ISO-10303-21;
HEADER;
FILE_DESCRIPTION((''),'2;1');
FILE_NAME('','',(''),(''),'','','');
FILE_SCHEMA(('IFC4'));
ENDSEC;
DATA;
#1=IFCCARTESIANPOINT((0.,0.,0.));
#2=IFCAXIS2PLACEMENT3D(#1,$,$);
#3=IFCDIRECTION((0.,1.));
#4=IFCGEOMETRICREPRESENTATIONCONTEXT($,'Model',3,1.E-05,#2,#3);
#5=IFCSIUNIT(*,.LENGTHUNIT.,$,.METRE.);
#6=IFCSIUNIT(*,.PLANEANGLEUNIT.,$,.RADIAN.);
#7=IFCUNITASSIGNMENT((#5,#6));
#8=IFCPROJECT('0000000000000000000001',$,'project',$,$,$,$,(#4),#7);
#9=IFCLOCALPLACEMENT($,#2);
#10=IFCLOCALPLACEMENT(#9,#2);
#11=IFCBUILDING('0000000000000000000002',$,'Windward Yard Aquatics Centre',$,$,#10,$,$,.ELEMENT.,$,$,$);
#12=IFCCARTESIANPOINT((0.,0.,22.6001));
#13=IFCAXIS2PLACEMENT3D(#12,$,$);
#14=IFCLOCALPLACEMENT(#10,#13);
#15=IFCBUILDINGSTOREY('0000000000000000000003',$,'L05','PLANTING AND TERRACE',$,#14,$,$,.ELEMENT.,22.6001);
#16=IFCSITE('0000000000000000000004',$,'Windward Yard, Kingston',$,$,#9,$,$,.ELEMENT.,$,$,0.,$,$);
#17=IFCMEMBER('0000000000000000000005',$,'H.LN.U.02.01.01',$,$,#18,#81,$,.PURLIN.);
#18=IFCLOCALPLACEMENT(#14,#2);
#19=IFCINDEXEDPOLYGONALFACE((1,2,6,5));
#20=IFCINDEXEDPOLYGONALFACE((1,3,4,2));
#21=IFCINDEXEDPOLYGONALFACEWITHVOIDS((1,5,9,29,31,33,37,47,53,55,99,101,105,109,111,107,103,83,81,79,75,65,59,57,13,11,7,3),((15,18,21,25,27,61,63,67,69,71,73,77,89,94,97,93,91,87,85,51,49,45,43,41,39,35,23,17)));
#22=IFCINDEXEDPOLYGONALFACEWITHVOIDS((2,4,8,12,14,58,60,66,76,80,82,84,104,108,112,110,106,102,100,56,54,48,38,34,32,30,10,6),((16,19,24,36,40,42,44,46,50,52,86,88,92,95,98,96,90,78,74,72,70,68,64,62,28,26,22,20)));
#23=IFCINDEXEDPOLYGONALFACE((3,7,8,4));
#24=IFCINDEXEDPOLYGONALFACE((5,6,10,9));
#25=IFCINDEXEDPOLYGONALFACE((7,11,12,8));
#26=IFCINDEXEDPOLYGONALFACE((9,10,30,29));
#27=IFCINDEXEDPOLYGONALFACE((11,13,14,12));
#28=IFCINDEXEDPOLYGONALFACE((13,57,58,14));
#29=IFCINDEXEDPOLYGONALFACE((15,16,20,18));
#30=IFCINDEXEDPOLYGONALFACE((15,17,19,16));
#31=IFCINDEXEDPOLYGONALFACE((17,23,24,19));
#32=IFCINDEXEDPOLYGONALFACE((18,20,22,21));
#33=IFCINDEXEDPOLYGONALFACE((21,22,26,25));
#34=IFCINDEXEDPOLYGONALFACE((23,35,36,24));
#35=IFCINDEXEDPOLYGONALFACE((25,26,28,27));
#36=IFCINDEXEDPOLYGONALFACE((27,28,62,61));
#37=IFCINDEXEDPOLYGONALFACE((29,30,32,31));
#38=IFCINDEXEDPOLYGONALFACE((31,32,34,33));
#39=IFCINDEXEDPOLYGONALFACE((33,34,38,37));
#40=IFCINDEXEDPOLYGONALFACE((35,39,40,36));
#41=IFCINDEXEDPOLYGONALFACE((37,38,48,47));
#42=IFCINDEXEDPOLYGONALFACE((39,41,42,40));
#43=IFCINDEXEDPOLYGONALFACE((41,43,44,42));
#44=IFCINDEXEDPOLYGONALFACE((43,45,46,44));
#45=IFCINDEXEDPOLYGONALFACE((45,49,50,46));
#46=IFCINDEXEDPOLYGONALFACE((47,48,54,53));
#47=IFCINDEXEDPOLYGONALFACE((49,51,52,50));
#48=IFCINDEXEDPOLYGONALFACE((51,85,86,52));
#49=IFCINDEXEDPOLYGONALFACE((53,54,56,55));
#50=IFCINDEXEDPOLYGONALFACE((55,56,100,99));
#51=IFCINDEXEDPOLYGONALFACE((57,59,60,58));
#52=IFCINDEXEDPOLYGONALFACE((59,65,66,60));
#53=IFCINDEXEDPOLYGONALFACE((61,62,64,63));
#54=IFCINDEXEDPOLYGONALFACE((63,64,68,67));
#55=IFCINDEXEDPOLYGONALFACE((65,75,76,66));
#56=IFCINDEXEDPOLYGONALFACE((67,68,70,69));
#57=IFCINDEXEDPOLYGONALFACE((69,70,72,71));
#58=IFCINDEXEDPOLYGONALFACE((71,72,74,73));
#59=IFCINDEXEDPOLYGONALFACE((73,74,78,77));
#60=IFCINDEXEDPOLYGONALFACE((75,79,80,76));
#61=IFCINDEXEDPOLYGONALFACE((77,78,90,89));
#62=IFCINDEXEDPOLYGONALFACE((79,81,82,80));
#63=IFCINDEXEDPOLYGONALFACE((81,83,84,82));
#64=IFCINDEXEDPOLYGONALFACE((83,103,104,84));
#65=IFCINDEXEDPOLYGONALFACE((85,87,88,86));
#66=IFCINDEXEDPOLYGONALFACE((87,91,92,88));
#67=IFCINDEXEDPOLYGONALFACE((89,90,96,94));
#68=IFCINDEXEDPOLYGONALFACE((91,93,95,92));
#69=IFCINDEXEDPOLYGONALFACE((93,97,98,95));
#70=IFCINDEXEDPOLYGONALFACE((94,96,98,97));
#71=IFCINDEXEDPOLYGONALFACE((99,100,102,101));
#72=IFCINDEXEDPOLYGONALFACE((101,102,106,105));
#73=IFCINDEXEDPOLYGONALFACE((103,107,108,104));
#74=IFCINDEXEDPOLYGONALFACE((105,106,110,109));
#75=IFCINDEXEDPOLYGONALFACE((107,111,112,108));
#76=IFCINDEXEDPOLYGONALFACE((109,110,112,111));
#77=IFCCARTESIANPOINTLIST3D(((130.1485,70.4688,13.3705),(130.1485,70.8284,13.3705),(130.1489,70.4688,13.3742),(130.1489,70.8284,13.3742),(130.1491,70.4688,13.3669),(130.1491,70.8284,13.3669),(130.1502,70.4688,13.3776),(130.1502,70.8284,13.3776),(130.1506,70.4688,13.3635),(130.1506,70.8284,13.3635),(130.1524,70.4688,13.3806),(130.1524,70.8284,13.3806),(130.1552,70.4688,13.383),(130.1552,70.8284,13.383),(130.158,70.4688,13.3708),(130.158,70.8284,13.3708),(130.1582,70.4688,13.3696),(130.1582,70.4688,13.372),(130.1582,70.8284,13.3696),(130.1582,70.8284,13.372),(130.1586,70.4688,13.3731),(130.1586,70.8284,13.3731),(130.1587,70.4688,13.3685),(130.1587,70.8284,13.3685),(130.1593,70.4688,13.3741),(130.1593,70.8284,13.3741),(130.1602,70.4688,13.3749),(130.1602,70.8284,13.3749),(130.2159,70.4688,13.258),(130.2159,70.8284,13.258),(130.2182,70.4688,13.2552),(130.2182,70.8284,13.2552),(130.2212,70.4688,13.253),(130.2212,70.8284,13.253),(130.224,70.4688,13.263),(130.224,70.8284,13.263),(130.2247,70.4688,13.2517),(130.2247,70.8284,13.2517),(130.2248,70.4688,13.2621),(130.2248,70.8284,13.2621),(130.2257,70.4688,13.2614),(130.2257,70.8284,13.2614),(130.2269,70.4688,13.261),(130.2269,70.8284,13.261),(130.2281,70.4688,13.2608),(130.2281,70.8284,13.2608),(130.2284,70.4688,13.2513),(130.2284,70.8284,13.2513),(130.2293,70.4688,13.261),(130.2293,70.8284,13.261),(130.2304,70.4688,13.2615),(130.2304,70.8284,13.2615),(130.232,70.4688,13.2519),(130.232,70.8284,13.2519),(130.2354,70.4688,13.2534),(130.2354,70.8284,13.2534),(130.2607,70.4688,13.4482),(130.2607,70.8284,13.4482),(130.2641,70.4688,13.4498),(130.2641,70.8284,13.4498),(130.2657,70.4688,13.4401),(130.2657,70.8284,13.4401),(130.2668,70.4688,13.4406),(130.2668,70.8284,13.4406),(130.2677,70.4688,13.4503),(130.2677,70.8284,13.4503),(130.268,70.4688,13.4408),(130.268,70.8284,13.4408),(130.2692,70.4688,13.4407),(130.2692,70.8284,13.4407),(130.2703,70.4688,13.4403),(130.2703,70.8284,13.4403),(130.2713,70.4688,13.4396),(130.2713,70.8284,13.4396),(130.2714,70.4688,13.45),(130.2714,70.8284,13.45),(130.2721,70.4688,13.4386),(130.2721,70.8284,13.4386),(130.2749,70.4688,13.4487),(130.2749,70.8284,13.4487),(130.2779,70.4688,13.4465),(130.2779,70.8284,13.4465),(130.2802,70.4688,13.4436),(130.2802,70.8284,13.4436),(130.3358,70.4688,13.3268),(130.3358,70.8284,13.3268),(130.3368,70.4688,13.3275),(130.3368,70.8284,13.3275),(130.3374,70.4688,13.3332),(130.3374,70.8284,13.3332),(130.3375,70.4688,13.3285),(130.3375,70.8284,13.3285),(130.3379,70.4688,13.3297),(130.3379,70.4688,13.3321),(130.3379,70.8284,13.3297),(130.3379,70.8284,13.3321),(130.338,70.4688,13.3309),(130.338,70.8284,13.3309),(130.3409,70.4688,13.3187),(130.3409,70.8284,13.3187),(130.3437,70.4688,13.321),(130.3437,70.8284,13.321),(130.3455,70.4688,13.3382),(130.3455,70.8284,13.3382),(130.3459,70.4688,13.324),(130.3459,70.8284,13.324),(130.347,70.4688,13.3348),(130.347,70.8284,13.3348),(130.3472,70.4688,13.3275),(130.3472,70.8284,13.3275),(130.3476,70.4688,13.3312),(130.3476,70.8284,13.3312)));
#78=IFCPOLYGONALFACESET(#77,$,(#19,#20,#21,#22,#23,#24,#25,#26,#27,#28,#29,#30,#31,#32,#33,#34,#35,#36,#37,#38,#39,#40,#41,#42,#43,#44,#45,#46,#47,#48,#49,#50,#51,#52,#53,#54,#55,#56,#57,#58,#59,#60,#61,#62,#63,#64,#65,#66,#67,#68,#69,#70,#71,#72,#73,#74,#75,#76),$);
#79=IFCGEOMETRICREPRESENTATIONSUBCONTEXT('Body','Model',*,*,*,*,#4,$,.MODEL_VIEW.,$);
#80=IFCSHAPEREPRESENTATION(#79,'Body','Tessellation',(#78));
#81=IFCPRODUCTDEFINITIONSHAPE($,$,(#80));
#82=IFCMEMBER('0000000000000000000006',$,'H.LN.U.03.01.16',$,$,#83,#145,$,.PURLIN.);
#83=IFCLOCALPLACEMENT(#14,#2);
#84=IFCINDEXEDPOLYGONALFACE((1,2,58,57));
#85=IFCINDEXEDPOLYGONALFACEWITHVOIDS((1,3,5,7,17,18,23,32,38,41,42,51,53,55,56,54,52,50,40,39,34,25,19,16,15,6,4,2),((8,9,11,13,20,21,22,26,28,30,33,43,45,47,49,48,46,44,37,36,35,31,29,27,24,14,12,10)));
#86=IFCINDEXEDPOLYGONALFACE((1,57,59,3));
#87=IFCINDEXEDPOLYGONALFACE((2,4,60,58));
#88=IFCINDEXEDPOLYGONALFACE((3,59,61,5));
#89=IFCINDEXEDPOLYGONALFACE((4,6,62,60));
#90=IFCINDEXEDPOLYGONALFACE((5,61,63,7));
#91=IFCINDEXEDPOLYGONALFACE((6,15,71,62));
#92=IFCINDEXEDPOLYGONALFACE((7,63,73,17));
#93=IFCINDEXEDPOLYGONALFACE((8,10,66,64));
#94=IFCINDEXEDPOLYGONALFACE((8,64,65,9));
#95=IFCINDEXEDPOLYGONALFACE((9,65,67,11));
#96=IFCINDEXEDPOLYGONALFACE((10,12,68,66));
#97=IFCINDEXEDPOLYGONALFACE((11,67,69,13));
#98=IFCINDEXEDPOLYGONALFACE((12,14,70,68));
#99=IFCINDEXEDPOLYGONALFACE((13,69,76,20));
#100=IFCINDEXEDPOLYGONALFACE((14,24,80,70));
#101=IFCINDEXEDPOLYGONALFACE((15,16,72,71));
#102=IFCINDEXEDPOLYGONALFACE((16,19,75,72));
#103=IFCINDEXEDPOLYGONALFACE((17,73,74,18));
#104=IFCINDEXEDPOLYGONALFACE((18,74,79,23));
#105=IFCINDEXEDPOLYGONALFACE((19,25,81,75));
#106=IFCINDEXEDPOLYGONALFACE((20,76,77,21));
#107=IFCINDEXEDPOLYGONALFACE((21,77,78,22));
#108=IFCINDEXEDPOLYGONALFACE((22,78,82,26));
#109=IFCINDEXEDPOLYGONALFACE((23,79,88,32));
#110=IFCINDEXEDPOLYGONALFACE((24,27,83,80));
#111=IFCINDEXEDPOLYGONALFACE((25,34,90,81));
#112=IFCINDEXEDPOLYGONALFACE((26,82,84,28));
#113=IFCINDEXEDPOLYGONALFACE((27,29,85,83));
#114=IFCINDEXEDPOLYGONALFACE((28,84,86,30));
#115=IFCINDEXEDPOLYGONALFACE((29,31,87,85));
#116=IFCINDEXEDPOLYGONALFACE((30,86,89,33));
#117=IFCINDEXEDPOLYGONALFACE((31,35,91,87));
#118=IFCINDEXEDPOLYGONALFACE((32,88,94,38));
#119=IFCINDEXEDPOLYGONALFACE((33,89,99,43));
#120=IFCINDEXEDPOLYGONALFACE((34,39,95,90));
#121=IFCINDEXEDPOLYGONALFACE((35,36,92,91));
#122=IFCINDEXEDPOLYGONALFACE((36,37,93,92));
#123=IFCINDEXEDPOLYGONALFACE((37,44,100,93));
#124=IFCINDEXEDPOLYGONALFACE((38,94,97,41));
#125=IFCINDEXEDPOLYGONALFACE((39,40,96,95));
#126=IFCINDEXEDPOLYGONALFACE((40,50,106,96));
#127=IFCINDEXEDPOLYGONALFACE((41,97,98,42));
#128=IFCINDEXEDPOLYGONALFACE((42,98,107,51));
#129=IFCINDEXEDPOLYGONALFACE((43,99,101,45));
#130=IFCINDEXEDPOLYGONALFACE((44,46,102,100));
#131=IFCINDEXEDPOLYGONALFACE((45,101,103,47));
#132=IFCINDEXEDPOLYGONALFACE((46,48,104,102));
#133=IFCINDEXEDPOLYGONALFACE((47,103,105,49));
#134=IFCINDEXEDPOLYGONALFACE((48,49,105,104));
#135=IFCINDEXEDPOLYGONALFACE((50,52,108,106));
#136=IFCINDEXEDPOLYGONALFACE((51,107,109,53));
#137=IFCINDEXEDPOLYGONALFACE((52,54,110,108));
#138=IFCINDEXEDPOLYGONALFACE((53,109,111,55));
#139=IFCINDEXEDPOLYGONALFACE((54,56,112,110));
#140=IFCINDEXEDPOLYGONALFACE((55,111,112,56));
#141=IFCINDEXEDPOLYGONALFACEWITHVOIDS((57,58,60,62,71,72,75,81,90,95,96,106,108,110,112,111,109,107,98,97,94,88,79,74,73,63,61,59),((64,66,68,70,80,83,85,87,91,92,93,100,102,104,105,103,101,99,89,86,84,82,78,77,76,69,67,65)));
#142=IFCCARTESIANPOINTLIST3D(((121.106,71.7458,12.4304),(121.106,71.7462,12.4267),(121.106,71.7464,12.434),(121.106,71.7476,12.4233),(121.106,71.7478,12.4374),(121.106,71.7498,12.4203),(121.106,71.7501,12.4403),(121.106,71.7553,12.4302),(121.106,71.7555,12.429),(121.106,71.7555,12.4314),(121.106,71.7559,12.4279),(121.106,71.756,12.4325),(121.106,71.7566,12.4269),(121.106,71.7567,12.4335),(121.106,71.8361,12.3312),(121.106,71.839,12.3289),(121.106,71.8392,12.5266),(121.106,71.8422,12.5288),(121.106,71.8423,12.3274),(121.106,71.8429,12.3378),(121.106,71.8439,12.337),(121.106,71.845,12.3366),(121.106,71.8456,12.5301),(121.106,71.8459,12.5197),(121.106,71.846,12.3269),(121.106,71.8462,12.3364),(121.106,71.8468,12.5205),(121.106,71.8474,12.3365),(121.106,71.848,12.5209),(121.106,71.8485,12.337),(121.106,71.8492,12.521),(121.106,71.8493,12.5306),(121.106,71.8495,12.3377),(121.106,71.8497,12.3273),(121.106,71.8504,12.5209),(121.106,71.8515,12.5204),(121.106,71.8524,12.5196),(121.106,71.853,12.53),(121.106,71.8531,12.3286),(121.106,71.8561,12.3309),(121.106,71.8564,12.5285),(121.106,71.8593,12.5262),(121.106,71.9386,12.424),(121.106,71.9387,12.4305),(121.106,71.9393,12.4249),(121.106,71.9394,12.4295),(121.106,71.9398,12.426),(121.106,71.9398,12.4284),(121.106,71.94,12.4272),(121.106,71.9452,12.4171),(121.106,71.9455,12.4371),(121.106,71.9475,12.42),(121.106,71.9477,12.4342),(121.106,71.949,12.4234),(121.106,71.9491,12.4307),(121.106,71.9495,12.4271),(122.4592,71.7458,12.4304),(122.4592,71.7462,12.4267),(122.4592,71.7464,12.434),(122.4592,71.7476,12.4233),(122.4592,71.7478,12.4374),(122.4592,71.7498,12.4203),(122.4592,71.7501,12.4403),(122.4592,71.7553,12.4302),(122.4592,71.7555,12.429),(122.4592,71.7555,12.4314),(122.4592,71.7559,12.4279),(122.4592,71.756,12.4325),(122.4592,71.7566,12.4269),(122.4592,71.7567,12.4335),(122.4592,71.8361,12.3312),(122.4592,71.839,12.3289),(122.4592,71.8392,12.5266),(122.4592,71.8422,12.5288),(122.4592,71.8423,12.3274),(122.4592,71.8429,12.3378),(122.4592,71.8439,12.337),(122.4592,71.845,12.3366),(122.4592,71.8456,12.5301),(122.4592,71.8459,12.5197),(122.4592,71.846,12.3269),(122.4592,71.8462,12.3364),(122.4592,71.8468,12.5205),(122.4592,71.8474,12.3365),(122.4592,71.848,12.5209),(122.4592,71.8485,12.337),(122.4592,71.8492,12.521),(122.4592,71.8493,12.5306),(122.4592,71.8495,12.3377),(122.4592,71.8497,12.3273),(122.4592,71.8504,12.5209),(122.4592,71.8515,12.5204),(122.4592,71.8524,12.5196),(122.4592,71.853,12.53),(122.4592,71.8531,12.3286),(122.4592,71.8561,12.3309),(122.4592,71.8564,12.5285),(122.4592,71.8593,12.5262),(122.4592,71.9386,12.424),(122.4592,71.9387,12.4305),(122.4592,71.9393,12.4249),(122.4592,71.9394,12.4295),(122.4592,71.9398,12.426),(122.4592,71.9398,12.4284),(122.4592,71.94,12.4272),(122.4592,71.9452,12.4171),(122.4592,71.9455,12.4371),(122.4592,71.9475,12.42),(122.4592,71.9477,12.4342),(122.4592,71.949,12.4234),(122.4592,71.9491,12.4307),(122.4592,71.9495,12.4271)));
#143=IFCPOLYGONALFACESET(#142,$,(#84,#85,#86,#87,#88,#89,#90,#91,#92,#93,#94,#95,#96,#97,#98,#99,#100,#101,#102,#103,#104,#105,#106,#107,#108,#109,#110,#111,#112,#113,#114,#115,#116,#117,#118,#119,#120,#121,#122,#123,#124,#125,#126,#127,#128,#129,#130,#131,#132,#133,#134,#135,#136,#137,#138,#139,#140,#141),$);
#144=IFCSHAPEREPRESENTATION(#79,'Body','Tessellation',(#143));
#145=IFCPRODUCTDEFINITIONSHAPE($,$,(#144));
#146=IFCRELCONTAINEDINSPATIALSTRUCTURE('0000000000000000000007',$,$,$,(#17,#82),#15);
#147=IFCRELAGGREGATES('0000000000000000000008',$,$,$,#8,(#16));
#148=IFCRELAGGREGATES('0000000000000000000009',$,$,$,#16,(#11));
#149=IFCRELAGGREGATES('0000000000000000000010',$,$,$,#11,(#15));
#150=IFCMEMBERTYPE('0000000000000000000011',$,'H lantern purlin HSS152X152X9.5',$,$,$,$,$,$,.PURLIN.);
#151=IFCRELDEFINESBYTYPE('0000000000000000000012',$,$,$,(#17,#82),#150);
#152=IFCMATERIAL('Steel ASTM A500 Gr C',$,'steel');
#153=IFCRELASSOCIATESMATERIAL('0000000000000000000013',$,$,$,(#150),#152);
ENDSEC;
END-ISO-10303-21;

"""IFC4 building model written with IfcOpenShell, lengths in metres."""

from ifc_helpers import new_model, si_unit, direction, frame, origin, origin_2d, place, context, subcontext, project, spatial, hollow_rectangle, extrude, material, material_profile, profile_set, type_object, element, save


model = new_model("IFC4")

# Units and contexts
model_context = context("Model", 3, precision=1e-05, world=origin(), true_north=direction((0.0, 1.0)))
body_context = subcontext(model_context, "Body", "Model", "MODEL_VIEW")
ifc_project = project(units=[si_unit("LENGTHUNIT", "METRE"), si_unit("PLANEANGLEUNIT", "RADIAN")], contexts=[model_context])

# Site, building, storey
site_placement = place(None, origin())
site = spatial("IfcSite", under=ifc_project, at=site_placement, Name="Windward Yard, Kingston", CompositionType="ELEMENT", RefElevation=0.0)
building_placement = place(site_placement, origin())
building = spatial("IfcBuilding", under=site, at=building_placement, Name="Windward Yard Aquatics Centre", CompositionType="ELEMENT")
storey_placement = place(building_placement, frame((0.0, 0.0, 22.6001)))
storey = spatial("IfcBuildingStorey", under=building, at=storey_placement, Name="L05", Description="PLANTING AND TERRACE", CompositionType="ELEMENT", Elevation=22.6001)

# Members
ifc_material_1 = material(Name="Steel ASTM A500 Gr C", Category="steel")
ifc_material_profile_1 = material_profile(ifc_material_1, hollow_rectangle(XDim=0.1523, YDim=0.1523, WallThickness=0.0095, InnerFilletRadius=0.0046, OuterFilletRadius=0.0142, at=origin_2d()), Name="HSS152X152X9.5")
ifc_profile_set_1 = profile_set([ifc_material_profile_1], Name="Steel ASTM A500 Gr C")
member_type_1 = type_object("IfcMemberType", Name="H lantern purlin HSS152X152X9.5", PredefinedType="PURLIN", material=ifc_profile_set_1)
member_1_placement = place(storey_placement, frame((130.248, 70.8284, 13.3508), z_axis=(0.0, -1.0, 0.0), x_axis=(0.526172, 0.0, -0.850378)))
element("IfcMember", 1, at=member_1_placement, inside=storey, type_object=member_type_1, Name="H.LN.U.02.01.01", PredefinedType="PURLIN", context=body_context, shape_type="SweptSolid", body=[
    extrude(hollow_rectangle(XDim=0.1523, YDim=0.1523, WallThickness=0.0095, InnerFilletRadius=0.0046, OuterFilletRadius=0.0142, at=origin_2d()), origin(), (0.0, 0.0, 1.0), 0.3596),
])
for number, where, z_axis, x_axis, name in (
    (2, (121.106, 71.8477, 12.4287), (1.0, 0.0, 0.0), (0.0, 0.69555, -0.718477), "H.LN.U.03.01.16"),
):
    element("IfcMember", number, at=place(storey_placement, frame(where, z_axis=z_axis, x_axis=x_axis)), inside=storey, type_object=member_type_1, Name=name, PredefinedType="PURLIN", context=body_context, shape_type="SweptSolid", body=[
        extrude(hollow_rectangle(XDim=0.1523, YDim=0.1523, WallThickness=0.0095, InnerFilletRadius=0.0046, OuterFilletRadius=0.0142, at=origin_2d()), origin(), (0.0, 0.0, 1.0), 1.3533),
    ])

save(model, "model.ifc")
